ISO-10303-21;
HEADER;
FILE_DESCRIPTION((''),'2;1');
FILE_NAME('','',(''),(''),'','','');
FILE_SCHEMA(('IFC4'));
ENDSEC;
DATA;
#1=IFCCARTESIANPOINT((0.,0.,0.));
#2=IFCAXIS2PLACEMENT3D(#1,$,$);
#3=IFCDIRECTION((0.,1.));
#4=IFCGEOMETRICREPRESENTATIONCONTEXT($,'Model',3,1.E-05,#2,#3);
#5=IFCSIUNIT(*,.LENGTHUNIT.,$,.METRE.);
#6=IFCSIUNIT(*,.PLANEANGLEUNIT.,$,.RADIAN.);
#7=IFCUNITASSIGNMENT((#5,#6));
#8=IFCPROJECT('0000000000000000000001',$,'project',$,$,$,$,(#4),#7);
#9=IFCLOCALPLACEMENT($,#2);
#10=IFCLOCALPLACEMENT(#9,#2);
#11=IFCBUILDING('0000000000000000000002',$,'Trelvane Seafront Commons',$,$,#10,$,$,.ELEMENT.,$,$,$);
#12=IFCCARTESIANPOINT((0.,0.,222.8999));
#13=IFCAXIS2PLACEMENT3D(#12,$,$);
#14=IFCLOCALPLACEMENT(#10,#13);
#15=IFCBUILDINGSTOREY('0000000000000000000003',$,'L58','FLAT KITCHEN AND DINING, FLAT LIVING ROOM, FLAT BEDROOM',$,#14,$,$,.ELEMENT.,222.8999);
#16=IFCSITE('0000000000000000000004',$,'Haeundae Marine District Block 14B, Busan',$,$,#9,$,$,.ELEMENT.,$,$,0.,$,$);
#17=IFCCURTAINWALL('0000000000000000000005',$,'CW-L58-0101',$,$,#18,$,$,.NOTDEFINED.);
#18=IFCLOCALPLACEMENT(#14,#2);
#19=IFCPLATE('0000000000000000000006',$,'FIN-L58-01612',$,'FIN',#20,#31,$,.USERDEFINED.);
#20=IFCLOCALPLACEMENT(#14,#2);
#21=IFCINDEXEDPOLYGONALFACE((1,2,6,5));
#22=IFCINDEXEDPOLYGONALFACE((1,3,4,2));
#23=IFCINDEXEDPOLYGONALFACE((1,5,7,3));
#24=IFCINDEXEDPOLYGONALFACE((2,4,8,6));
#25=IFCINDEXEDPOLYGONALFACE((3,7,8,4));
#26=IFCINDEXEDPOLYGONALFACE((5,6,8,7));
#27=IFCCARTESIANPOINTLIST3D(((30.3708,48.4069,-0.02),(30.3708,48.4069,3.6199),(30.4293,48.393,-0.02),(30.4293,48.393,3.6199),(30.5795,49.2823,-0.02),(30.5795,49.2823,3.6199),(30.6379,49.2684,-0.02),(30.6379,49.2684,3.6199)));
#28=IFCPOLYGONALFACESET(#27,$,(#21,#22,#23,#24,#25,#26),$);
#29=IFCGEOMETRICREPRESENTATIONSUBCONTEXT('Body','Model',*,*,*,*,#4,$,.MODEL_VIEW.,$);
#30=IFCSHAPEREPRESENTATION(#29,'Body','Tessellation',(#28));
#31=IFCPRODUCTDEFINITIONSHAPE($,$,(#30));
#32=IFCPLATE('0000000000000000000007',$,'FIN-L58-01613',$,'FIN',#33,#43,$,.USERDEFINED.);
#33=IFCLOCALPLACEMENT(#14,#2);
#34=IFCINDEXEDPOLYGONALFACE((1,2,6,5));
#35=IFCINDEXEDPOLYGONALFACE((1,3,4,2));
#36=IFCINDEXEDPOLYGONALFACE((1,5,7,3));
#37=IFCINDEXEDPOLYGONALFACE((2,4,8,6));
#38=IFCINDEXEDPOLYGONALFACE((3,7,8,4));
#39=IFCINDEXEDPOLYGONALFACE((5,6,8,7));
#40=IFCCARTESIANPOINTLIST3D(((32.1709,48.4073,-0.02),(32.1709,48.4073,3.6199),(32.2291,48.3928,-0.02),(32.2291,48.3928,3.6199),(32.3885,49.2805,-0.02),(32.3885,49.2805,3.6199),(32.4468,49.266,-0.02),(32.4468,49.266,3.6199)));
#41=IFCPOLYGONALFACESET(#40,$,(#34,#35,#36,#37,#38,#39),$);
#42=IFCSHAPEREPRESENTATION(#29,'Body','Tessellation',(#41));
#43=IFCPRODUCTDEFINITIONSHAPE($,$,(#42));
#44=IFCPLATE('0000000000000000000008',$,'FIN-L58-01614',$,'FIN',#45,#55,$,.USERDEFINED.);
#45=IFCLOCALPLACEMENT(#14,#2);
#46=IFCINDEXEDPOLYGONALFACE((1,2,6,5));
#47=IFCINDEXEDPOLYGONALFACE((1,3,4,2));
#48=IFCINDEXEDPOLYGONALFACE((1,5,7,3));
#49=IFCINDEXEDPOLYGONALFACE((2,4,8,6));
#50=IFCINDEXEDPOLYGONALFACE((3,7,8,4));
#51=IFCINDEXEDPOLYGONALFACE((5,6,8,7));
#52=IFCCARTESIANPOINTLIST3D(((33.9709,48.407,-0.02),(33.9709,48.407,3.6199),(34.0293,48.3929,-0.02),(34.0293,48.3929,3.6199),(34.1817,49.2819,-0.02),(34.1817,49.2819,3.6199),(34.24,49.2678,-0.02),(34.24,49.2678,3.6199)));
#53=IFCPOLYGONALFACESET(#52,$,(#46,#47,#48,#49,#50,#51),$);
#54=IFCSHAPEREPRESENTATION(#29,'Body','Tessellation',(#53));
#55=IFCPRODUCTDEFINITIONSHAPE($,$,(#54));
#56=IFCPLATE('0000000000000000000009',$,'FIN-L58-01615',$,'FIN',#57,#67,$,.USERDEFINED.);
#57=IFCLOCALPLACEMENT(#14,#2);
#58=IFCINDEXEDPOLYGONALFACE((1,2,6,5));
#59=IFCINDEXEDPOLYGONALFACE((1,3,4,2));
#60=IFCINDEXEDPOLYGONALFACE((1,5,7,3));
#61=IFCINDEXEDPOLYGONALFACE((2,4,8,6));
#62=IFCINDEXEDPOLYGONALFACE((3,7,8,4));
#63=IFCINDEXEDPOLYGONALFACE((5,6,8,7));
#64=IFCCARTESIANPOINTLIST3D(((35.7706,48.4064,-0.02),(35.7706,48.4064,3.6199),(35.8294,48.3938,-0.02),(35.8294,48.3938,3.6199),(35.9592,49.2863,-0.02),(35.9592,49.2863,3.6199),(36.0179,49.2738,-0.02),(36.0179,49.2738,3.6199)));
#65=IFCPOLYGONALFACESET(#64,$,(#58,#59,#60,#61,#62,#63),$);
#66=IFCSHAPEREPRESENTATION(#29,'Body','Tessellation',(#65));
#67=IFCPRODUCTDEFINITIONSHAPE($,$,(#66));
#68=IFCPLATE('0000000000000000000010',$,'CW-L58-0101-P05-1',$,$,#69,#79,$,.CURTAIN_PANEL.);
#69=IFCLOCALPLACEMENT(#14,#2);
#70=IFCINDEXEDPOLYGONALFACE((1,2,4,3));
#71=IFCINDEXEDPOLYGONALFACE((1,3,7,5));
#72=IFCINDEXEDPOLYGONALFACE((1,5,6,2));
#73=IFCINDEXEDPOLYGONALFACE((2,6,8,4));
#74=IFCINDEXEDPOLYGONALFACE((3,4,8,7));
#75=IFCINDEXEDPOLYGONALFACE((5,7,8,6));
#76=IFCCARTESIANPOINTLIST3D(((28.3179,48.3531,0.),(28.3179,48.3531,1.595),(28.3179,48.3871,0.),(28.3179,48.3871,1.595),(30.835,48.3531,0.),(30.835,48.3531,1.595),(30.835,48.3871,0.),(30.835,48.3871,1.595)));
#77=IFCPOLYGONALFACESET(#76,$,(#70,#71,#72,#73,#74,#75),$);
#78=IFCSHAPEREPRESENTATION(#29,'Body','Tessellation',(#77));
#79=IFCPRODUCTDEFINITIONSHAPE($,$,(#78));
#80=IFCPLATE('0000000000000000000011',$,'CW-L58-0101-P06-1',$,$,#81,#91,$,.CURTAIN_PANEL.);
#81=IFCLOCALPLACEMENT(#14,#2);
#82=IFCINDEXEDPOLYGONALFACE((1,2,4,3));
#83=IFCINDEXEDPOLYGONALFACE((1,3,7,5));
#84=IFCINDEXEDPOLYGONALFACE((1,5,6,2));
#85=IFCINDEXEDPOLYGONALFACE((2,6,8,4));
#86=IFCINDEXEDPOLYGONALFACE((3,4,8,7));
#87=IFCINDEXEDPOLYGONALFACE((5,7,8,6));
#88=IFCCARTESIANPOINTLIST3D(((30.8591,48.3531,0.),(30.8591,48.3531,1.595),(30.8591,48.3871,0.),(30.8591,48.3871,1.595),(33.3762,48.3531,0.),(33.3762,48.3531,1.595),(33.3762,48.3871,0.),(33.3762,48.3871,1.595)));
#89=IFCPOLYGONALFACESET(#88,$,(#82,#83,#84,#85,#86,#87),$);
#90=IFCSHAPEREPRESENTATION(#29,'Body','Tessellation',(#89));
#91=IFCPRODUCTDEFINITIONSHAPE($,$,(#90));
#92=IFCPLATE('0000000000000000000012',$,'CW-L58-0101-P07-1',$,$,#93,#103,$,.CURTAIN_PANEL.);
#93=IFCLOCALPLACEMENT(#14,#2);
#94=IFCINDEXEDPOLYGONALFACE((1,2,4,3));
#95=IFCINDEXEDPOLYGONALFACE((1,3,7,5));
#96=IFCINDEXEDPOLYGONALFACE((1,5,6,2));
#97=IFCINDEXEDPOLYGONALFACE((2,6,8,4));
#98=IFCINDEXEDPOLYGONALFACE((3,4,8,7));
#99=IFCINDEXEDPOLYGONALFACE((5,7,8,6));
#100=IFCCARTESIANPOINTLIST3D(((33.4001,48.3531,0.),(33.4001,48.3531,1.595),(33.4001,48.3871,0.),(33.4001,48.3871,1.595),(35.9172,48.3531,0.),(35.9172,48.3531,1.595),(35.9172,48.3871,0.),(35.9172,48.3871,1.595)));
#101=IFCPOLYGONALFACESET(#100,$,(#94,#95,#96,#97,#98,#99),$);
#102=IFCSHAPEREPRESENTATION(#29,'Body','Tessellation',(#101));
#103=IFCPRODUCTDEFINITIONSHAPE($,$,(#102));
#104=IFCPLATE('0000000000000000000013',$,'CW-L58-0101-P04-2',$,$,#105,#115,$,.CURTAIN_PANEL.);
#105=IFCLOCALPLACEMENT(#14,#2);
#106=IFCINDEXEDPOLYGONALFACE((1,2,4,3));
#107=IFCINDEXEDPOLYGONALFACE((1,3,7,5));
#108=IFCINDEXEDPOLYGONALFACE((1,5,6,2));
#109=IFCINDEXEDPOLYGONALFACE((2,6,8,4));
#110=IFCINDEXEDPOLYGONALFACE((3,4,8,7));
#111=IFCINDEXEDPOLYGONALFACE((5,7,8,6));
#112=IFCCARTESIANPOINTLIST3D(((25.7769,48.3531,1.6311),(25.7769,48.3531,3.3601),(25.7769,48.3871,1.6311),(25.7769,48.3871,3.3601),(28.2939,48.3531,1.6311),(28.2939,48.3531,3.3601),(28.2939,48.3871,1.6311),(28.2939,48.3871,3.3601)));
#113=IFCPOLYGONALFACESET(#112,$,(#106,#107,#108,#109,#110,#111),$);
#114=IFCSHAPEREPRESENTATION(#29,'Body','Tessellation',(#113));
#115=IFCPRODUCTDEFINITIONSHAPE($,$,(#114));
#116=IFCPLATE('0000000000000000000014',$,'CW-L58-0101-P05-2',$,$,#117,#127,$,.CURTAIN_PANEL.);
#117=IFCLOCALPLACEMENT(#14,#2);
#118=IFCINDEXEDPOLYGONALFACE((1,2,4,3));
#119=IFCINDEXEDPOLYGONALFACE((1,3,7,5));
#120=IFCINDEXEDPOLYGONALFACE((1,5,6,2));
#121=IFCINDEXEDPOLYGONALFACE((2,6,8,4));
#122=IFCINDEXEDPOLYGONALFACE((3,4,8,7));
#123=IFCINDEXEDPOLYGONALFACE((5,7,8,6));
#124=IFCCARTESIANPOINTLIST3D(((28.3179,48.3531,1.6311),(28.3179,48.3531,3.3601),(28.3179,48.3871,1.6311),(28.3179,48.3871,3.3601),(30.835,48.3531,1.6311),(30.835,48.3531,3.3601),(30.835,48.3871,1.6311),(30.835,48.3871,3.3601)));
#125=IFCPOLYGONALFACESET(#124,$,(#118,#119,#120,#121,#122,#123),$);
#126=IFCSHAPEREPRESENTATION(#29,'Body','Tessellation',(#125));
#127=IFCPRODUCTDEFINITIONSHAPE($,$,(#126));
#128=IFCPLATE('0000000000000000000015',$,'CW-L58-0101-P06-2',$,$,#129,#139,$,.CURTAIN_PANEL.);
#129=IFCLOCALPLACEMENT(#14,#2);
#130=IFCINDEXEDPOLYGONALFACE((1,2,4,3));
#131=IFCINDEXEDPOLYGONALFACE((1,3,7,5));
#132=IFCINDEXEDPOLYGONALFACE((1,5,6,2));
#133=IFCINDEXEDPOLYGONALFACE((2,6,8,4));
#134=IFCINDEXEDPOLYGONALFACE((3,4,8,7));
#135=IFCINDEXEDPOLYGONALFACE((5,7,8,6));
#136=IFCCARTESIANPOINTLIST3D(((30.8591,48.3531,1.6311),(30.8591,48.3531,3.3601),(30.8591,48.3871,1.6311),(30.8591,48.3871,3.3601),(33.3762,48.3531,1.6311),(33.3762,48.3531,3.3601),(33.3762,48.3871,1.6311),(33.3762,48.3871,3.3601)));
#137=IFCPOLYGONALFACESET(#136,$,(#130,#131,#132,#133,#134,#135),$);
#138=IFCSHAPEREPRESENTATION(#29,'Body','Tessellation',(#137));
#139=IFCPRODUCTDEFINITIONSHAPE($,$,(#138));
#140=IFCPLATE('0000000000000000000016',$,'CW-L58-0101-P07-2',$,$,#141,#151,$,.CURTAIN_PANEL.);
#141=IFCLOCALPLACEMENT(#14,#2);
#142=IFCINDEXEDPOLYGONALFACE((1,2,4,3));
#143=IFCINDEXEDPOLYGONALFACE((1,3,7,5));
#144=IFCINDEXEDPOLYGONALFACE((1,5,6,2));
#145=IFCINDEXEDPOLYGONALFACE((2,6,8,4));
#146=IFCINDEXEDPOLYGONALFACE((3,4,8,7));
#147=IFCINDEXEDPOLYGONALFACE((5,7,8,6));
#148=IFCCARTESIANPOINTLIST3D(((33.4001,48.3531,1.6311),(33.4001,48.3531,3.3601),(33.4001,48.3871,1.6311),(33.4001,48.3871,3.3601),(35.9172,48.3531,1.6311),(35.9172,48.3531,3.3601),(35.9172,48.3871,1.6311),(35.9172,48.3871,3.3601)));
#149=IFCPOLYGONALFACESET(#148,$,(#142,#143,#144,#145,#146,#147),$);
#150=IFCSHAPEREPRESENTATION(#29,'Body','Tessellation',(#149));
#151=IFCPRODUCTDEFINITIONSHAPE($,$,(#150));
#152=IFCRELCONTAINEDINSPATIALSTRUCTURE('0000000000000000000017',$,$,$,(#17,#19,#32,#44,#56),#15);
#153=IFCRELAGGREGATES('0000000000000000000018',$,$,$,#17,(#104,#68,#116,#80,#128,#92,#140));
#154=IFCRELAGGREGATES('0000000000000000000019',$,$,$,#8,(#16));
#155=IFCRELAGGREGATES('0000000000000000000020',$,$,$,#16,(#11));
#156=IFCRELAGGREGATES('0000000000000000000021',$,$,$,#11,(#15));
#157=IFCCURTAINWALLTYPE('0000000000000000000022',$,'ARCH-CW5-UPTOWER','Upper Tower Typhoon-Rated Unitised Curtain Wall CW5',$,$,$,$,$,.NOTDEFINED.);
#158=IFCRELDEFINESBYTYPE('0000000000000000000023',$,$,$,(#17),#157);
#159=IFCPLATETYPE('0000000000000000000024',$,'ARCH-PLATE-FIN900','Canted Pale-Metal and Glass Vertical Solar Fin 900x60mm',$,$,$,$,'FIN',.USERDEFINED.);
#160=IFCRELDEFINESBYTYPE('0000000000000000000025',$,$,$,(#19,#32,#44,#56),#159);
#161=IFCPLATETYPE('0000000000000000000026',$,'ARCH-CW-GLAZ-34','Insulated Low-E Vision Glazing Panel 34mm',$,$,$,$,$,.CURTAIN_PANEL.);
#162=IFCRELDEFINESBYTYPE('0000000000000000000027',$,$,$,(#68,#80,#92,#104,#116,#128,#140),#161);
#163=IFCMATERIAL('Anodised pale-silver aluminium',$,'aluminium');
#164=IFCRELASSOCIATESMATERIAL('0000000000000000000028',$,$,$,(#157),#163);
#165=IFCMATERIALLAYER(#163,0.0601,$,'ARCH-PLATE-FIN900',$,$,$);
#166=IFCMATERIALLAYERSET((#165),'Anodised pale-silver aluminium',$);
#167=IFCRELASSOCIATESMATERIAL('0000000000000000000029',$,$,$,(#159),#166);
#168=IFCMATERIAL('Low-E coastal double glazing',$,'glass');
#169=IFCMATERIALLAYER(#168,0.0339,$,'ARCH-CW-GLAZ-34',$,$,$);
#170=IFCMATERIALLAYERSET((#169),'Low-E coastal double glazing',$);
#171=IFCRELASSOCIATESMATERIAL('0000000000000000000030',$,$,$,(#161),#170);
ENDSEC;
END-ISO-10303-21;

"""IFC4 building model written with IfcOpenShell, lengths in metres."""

from ifc_helpers import new_model, si_unit, direction, frame, origin, origin_2d, place, context, subcontext, project, spatial, rectangle, extrude, source, transform, mapped, material, layer, layer_set, type_object, element, aggregate, save


model = new_model("IFC4")

# Units and contexts
model_context = context("Model", 3, precision=1e-05, world=origin(), true_north=direction((0.0, 1.0)))
body_context = subcontext(model_context, "Body", "Model", "MODEL_VIEW")
ifc_project = project(units=[si_unit("LENGTHUNIT", "METRE"), si_unit("PLANEANGLEUNIT", "RADIAN")], contexts=[model_context])

# Site, building, storey
site_placement = place(None, origin())
site = spatial("IfcSite", under=ifc_project, at=site_placement, Name="Haeundae Marine District Block 14B, Busan", CompositionType="ELEMENT", RefElevation=0.0)
building_placement = place(site_placement, origin())
building = spatial("IfcBuilding", under=site, at=building_placement, Name="Trelvane Seafront Commons", CompositionType="ELEMENT")
storey_placement = place(building_placement, frame((0.0, 0.0, 222.8999)))
storey = spatial("IfcBuildingStorey", under=building, at=storey_placement, Name="L58", Description="FLAT KITCHEN AND DINING, FLAT LIVING ROOM, FLAT BEDROOM", CompositionType="ELEMENT", Elevation=222.8999)

# Curtain wall
ifc_material_1 = material(Name="Anodised pale-silver aluminium", Category="aluminium")
curtain_wall_type = type_object("IfcCurtainWallType", Name="ARCH-CW5-UPTOWER", Description="Upper Tower Typhoon-Rated Unitised Curtain Wall CW5", PredefinedType="NOTDEFINED", material=ifc_material_1)
curtain_wall_placement = place(storey_placement, origin())
curtain_wall = element("IfcCurtainWall", 1, at=curtain_wall_placement, inside=storey, type_object=curtain_wall_type, Name="CW-L58-0101", PredefinedType="NOTDEFINED")

# Plates
ifc_layer_1 = layer(ifc_material_1, 0.0601, Name="ARCH-PLATE-FIN900")
ifc_layer_set_1 = layer_set([ifc_layer_1], Name="Anodised pale-silver aluminium")
plate_type_1 = type_object("IfcPlateType", Name="ARCH-PLATE-FIN900", Description="Canted Pale-Metal and Glass Vertical Solar Fin 900x60mm", ElementType="FIN", PredefinedType="USERDEFINED", material=ifc_layer_set_1)
shared_shape_1 = source(origin(), body_context, "Body", "SweptSolid", [
    extrude(rectangle(XDim=0.8999, YDim=0.0601, at=origin_2d()), origin(), (0.0, 0.0, 1.0), 3.6399),
])
for number, where, z_axis, x_axis, name in (
    (2, (30.5044, 48.8376, -0.02), (0.0, 0.0, 1.0), (0.23188, 0.972744, 0.0), "FIN-L58-01612"),
    (3, (32.3088, 48.8367, -0.02), (0.0, 0.0, 1.0), (0.241881, 0.970306, 0.0), "FIN-L58-01613"),
    (4, (34.1055, 48.8374, -0.02), (0.0, 0.0, 1.0), (0.234214, 0.972185, 0.0), "FIN-L58-01614"),
    (5, (35.8943, 48.8401, -0.02), (0.0, 0.0, 1.0), (0.209559, 0.977796, 0.0), "FIN-L58-01615"),
):
    element("IfcPlate", number, at=place(storey_placement, frame(where, z_axis=z_axis, x_axis=x_axis)), inside=storey, type_object=plate_type_1, Name=name, ObjectType="FIN", PredefinedType="USERDEFINED", context=body_context, shape_type="MappedRepresentation", body=[
        mapped(shared_shape_1, transform((0.0, 0.0, 0.0), x_axis=(1.0, 0.0, 0.0), y_axis=(0.0, 1.0, 0.0), z_axis=(0.0, 0.0, 1.0), scale=1.0)),
    ])

# Plates
ifc_material_2 = material(Name="Low-E coastal double glazing", Category="glass")
ifc_layer_2 = layer(ifc_material_2, 0.0339, Name="ARCH-CW-GLAZ-34")
ifc_layer_set_2 = layer_set([ifc_layer_2], Name="Low-E coastal double glazing")
plate_type_2 = type_object("IfcPlateType", Name="ARCH-CW-GLAZ-34", Description="Insulated Low-E Vision Glazing Panel 34mm", PredefinedType="CURTAIN_PANEL", material=ifc_layer_set_2)
shared_shape_2 = source(origin(), body_context, "Body", "SweptSolid", [
    extrude(rectangle(XDim=2.5171, YDim=0.0339, at=origin_2d()), origin(), (0.0, 0.0, 1.0), 1.595),
])
plate_1_placement = place(storey_placement, frame((29.5764, 48.3701, 0.0), z_axis=(0.0, 0.0, 1.0), x_axis=(1.0, 0.0, 0.0)))
plate_1 = element("IfcPlate", 6, at=plate_1_placement, type_object=plate_type_2, Name="CW-L58-0101-P05-1", PredefinedType="CURTAIN_PANEL", context=body_context, shape_type="MappedRepresentation", body=[
    mapped(shared_shape_2, transform((0.0, 0.0, 0.0), x_axis=(1.0, 0.0, 0.0), y_axis=(0.0, 1.0, 0.0), z_axis=(0.0, 0.0, 1.0), scale=1.0)),
])
plate_2_placement = place(storey_placement, frame((32.1177, 48.3701, 0.0), z_axis=(0.0, 0.0, 1.0), x_axis=(1.0, 0.0, 0.0)))
plate_2 = element("IfcPlate", 7, at=plate_2_placement, type_object=plate_type_2, Name="CW-L58-0101-P06-1", PredefinedType="CURTAIN_PANEL", context=body_context, shape_type="MappedRepresentation", body=[
    mapped(shared_shape_2, transform((0.0, 0.0, 0.0), x_axis=(1.0, 0.0, 0.0), y_axis=(0.0, 1.0, 0.0), z_axis=(0.0, 0.0, 1.0), scale=1.0)),
])
plate_3_placement = place(storey_placement, frame((34.6587, 48.3701, 0.0), z_axis=(0.0, 0.0, 1.0), x_axis=(1.0, 0.0, 0.0)))
plate_3 = element("IfcPlate", 8, at=plate_3_placement, type_object=plate_type_2, Name="CW-L58-0101-P07-1", PredefinedType="CURTAIN_PANEL", context=body_context, shape_type="MappedRepresentation", body=[
    mapped(shared_shape_2, transform((0.0, 0.0, 0.0), x_axis=(1.0, 0.0, 0.0), y_axis=(0.0, 1.0, 0.0), z_axis=(0.0, 0.0, 1.0), scale=1.0)),
])
shared_shape_3 = source(origin(), body_context, "Body", "SweptSolid", [
    extrude(rectangle(XDim=2.5171, YDim=0.0339, at=origin_2d()), origin(), (0.0, 0.0, 1.0), 1.729),
])
plate_4_placement = place(storey_placement, frame((27.0354, 48.3701, 1.6311), z_axis=(0.0, 0.0, 1.0), x_axis=(1.0, 0.0, 0.0)))
plate_4 = element("IfcPlate", 9, at=plate_4_placement, type_object=plate_type_2, Name="CW-L58-0101-P04-2", PredefinedType="CURTAIN_PANEL", context=body_context, shape_type="MappedRepresentation", body=[
    mapped(shared_shape_3, transform((0.0, 0.0, 0.0), x_axis=(1.0, 0.0, 0.0), y_axis=(0.0, 1.0, 0.0), z_axis=(0.0, 0.0, 1.0), scale=1.0)),
])
plate_5_placement = place(storey_placement, frame((29.5764, 48.3701, 1.6311), z_axis=(0.0, 0.0, 1.0), x_axis=(1.0, 0.0, 0.0)))
plate_5 = element("IfcPlate", 10, at=plate_5_placement, type_object=plate_type_2, Name="CW-L58-0101-P05-2", PredefinedType="CURTAIN_PANEL", context=body_context, shape_type="MappedRepresentation", body=[
    mapped(shared_shape_3, transform((0.0, 0.0, 0.0), x_axis=(1.0, 0.0, 0.0), y_axis=(0.0, 1.0, 0.0), z_axis=(0.0, 0.0, 1.0), scale=1.0)),
])
plate_6_placement = place(storey_placement, frame((32.1177, 48.3701, 1.6311), z_axis=(0.0, 0.0, 1.0), x_axis=(1.0, 0.0, 0.0)))
plate_6 = element("IfcPlate", 11, at=plate_6_placement, type_object=plate_type_2, Name="CW-L58-0101-P06-2", PredefinedType="CURTAIN_PANEL", context=body_context, shape_type="MappedRepresentation", body=[
    mapped(shared_shape_3, transform((0.0, 0.0, 0.0), x_axis=(1.0, 0.0, 0.0), y_axis=(0.0, 1.0, 0.0), z_axis=(0.0, 0.0, 1.0), scale=1.0)),
])
plate_7_placement = place(storey_placement, frame((34.6587, 48.3701, 1.6311), z_axis=(0.0, 0.0, 1.0), x_axis=(1.0, 0.0, 0.0)))
plate_7 = element("IfcPlate", 12, at=plate_7_placement, type_object=plate_type_2, Name="CW-L58-0101-P07-2", PredefinedType="CURTAIN_PANEL", context=body_context, shape_type="MappedRepresentation", body=[
    mapped(shared_shape_3, transform((0.0, 0.0, 0.0), x_axis=(1.0, 0.0, 0.0), y_axis=(0.0, 1.0, 0.0), z_axis=(0.0, 0.0, 1.0), scale=1.0)),
])
aggregate(curtain_wall, [plate_4, plate_1, plate_5, plate_2, plate_6, plate_3, plate_7])

save(model, "model.ifc")
